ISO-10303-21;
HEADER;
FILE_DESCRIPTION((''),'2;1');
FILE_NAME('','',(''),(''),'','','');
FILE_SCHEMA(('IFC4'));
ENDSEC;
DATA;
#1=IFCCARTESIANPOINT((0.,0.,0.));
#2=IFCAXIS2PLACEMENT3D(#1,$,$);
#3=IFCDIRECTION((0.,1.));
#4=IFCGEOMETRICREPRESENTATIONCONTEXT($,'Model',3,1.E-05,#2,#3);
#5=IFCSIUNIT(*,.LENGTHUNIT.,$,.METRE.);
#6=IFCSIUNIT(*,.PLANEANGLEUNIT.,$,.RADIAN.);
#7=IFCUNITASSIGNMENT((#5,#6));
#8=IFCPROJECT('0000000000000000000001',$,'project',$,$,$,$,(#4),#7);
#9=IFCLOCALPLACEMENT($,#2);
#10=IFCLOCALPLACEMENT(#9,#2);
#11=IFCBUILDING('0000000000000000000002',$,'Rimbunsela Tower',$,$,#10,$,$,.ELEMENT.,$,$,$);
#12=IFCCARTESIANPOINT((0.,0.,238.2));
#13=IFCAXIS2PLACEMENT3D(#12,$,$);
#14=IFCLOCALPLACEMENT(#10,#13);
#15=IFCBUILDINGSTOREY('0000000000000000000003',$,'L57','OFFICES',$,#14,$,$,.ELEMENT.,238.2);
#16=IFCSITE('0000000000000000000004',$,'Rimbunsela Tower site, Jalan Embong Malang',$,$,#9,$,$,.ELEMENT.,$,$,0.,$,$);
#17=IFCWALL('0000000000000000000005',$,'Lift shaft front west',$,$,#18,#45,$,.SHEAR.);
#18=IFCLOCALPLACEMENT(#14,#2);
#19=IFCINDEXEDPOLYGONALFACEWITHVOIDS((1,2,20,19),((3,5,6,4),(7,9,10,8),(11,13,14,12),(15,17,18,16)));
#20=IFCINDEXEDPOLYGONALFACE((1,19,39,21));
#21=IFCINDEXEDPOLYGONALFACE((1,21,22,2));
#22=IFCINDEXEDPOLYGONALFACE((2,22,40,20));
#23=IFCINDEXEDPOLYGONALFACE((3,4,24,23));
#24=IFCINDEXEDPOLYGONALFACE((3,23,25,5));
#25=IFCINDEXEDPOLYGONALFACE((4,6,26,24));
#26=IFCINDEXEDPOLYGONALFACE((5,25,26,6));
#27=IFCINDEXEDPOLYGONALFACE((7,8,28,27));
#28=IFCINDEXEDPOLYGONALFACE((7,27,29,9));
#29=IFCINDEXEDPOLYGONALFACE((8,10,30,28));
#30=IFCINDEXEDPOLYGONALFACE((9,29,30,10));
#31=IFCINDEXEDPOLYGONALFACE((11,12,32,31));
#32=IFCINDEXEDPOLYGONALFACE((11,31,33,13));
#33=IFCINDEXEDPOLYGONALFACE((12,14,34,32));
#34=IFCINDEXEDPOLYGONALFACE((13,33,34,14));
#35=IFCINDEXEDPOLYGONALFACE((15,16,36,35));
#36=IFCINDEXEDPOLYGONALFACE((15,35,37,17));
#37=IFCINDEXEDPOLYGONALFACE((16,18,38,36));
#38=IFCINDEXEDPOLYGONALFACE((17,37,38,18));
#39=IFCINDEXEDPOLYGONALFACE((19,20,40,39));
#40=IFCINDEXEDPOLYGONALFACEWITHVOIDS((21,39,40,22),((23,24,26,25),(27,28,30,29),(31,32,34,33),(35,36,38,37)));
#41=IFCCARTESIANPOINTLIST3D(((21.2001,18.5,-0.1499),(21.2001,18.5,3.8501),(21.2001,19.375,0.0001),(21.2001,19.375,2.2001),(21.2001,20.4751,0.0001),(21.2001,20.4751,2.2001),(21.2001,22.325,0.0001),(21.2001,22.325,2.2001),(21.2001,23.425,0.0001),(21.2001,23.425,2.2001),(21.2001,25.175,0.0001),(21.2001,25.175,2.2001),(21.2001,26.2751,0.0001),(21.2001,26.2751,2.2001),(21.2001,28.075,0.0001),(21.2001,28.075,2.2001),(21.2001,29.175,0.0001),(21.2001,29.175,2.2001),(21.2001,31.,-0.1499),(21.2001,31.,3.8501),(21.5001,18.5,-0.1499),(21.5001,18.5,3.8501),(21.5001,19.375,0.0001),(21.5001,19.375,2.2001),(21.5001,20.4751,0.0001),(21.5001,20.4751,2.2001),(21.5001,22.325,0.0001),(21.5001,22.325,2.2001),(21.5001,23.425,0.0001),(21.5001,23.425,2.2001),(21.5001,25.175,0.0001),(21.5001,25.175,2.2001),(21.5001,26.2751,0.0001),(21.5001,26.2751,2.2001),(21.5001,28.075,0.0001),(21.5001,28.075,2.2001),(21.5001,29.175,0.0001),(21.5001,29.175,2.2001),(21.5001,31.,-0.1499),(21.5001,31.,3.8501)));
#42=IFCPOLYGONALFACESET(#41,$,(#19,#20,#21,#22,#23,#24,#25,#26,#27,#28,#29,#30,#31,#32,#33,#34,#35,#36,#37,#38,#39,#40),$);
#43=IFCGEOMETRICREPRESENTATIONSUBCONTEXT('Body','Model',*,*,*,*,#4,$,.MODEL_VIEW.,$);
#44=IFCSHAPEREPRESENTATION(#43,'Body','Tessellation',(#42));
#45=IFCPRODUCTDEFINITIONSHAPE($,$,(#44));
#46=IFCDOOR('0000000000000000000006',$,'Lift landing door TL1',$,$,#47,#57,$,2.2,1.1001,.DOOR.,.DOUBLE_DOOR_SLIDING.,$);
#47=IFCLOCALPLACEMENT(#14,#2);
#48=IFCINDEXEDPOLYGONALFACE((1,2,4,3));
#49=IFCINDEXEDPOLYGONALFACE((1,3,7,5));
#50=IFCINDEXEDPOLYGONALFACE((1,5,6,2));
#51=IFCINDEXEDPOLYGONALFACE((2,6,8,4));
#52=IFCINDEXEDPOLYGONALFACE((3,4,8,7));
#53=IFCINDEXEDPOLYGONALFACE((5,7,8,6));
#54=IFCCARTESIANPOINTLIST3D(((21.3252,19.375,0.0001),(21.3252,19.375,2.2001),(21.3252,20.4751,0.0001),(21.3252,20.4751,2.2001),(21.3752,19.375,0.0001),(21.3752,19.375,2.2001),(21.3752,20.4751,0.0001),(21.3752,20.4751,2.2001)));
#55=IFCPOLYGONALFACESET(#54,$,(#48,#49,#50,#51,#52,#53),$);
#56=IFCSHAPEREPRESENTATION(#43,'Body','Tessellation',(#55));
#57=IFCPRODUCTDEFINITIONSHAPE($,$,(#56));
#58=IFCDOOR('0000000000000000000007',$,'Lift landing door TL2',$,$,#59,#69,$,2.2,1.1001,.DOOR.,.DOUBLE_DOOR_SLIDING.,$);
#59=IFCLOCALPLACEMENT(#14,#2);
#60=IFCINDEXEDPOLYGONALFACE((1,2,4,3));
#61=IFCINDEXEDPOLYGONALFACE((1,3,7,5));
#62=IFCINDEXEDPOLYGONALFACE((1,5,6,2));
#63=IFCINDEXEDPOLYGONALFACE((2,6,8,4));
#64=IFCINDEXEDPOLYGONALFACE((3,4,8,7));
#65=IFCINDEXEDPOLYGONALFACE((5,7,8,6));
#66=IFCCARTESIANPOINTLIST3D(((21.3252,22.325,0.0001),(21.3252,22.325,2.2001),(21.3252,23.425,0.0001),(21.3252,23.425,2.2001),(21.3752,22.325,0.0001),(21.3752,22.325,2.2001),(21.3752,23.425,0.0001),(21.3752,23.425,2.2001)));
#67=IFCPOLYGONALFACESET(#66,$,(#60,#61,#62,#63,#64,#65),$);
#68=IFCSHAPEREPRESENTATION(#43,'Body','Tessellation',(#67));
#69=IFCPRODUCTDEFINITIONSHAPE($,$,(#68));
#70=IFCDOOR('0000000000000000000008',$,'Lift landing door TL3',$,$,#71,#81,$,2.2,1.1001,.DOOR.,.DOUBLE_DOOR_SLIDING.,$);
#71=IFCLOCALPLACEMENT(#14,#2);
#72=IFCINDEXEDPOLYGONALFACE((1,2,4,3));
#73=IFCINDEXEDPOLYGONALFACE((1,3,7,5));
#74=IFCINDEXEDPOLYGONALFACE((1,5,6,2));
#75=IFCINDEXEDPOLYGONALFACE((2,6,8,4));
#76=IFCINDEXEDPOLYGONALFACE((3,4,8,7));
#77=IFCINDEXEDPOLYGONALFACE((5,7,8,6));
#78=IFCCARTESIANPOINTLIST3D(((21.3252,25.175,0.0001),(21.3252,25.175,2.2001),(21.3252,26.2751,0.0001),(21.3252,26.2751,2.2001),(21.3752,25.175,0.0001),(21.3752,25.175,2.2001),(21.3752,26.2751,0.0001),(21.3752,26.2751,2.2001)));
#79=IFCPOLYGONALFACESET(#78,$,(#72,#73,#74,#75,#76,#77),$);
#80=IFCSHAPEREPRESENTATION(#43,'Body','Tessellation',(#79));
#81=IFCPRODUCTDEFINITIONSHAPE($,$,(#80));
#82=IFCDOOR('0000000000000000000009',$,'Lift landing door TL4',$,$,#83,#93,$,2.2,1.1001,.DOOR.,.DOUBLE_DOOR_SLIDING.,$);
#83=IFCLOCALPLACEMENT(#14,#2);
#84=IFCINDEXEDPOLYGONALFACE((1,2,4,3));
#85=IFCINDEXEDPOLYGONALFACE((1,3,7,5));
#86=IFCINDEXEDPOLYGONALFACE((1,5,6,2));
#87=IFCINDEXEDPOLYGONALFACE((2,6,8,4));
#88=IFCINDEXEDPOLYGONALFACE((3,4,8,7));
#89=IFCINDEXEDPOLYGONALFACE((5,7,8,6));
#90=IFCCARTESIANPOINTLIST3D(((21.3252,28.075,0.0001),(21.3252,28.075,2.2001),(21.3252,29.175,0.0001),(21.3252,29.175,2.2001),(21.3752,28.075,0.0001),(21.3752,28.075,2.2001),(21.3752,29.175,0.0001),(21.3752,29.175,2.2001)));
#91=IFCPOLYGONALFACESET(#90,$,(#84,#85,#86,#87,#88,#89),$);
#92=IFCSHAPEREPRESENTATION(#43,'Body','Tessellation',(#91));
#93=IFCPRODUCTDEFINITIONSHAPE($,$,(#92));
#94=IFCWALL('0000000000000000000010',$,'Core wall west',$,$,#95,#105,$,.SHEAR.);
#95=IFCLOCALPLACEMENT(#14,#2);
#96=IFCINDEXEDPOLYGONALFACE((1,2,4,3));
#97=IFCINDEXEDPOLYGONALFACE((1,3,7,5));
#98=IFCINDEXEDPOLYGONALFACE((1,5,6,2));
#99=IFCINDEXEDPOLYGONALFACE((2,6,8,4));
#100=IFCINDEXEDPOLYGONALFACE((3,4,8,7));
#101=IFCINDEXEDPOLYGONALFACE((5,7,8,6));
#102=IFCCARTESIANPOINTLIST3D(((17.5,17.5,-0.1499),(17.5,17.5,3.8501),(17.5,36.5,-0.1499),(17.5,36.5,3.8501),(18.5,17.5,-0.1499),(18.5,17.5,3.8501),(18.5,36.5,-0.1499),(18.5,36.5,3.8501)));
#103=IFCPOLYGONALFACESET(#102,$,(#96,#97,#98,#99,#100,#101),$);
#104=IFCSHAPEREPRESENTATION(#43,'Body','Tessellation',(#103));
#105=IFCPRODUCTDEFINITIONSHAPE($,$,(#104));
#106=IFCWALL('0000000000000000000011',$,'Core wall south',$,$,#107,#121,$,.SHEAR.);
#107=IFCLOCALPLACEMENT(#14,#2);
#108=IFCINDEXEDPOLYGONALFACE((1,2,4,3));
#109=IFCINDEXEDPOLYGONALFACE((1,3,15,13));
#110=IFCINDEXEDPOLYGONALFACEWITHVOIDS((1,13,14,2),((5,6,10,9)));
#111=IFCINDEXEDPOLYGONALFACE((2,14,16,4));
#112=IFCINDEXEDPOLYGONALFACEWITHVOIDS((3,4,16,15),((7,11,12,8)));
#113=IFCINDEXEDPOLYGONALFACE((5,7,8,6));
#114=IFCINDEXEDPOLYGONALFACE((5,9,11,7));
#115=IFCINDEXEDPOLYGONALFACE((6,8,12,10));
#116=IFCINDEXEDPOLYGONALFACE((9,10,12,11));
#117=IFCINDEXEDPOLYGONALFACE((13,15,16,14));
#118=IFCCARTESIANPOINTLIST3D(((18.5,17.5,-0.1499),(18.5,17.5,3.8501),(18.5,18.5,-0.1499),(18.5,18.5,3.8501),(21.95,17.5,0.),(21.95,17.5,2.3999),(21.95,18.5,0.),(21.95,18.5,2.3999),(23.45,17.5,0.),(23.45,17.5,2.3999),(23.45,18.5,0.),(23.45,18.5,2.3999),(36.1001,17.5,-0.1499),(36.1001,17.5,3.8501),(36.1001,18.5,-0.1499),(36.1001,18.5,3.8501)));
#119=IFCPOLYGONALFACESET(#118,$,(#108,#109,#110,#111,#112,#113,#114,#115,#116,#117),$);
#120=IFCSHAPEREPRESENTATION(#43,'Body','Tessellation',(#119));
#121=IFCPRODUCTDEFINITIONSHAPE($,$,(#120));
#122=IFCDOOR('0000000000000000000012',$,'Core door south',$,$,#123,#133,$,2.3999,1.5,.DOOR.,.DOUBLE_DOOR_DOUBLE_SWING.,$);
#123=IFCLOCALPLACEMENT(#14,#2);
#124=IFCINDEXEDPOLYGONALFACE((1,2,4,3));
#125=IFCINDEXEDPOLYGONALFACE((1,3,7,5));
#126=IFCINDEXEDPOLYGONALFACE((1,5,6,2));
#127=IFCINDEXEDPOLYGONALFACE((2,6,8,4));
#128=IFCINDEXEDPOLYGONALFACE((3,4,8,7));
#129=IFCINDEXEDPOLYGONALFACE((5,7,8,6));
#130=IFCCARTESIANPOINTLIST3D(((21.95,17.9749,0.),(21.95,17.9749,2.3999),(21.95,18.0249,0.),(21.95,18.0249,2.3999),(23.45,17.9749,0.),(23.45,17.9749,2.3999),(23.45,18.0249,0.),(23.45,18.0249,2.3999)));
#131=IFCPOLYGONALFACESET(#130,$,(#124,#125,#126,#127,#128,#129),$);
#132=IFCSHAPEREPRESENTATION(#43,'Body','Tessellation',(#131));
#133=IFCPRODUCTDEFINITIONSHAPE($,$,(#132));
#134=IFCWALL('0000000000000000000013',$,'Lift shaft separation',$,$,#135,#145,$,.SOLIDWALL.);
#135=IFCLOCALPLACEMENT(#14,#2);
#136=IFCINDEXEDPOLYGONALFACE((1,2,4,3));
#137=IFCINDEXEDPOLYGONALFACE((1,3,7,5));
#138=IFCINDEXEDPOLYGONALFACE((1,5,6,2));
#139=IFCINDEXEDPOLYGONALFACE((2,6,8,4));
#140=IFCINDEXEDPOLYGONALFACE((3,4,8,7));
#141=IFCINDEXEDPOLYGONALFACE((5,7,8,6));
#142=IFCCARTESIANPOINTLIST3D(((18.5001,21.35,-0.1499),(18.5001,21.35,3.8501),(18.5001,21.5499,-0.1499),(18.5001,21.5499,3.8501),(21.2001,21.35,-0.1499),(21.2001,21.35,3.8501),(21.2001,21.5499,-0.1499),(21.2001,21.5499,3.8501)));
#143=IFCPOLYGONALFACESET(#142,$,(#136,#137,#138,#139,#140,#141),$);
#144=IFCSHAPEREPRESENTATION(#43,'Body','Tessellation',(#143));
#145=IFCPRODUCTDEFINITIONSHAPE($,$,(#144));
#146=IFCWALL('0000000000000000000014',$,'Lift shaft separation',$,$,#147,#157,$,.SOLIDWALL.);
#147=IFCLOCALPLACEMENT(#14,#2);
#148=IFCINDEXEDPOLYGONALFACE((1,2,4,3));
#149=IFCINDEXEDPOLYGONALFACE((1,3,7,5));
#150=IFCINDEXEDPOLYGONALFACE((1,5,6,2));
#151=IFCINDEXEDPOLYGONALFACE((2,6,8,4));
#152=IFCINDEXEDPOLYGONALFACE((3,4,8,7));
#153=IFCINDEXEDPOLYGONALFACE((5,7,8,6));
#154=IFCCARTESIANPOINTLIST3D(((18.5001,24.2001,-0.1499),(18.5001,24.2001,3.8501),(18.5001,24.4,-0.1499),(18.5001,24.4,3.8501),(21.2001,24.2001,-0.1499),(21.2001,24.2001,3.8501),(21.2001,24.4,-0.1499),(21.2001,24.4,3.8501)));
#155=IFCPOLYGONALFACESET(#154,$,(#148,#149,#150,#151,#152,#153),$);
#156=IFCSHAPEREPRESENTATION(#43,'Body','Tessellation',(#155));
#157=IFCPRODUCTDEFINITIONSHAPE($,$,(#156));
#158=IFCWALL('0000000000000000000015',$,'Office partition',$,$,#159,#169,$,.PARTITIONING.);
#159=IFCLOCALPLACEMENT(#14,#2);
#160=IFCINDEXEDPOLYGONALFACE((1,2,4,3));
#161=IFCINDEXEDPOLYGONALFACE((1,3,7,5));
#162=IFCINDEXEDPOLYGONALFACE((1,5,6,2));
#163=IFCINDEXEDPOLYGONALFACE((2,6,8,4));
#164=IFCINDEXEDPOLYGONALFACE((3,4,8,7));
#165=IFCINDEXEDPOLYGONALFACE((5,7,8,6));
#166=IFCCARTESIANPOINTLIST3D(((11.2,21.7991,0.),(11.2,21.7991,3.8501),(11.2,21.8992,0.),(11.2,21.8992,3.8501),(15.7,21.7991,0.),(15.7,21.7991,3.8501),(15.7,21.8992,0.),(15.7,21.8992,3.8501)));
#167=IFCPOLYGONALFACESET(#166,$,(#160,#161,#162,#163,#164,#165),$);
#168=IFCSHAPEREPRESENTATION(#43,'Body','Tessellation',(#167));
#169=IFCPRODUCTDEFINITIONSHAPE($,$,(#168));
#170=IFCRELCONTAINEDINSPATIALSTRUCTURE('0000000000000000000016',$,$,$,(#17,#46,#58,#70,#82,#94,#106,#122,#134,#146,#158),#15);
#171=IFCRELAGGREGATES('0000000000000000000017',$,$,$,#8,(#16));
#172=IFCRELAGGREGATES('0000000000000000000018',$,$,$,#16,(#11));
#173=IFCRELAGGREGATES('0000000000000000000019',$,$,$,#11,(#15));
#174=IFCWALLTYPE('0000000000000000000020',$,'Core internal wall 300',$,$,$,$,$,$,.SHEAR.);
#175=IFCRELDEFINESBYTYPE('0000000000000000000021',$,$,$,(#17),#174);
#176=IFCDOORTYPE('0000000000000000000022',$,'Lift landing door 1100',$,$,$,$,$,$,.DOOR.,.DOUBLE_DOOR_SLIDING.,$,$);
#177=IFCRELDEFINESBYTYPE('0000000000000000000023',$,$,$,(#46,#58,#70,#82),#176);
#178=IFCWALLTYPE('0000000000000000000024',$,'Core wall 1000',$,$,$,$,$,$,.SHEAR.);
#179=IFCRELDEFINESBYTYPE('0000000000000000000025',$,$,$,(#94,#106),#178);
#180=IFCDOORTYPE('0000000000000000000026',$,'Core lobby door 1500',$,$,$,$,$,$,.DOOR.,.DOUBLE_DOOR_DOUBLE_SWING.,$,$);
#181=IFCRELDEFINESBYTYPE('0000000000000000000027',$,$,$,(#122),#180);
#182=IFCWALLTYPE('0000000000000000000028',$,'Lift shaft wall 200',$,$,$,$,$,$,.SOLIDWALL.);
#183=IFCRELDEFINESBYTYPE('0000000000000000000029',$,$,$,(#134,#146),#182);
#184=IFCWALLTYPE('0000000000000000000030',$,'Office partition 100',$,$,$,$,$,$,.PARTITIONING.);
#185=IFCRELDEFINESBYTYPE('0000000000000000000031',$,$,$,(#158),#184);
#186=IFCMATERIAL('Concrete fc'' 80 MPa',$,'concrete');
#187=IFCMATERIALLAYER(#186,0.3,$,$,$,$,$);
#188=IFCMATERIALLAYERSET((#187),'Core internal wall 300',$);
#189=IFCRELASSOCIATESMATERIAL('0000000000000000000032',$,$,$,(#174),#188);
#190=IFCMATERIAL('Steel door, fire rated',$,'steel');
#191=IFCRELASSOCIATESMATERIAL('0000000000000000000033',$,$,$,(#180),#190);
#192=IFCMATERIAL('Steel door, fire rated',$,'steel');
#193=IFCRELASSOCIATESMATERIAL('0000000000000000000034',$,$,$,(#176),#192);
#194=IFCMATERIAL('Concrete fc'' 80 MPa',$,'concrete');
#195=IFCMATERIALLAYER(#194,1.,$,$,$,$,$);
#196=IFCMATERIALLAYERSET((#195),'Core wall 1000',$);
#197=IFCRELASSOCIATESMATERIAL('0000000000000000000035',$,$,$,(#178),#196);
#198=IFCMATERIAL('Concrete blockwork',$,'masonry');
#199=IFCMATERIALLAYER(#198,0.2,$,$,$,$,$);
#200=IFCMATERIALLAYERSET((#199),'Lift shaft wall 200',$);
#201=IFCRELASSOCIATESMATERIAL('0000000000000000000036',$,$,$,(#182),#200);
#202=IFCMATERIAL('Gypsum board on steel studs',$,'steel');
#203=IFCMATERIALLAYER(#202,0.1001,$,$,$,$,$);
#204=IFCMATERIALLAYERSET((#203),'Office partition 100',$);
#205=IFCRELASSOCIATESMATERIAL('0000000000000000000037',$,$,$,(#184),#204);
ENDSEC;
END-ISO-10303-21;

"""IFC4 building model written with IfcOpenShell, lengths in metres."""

from ifc_helpers import new_model, si_unit, direction, frame, frame_2d, origin, place, context, subcontext, project, spatial, rectangle, extrude, material, layer, layer_set, type_object, element, fill, save


model = new_model("IFC4")

# Units and contexts
model_context = context("Model", 3, precision=1e-05, world=origin(), true_north=direction((0.0, 1.0)))
body_context = subcontext(model_context, "Body", "Model", "MODEL_VIEW")
ifc_project = project(units=[si_unit("LENGTHUNIT", "METRE"), si_unit("PLANEANGLEUNIT", "RADIAN")], contexts=[model_context])

# Site, building, storey
site_placement = place(None, origin())
site = spatial("IfcSite", under=ifc_project, at=site_placement, Name="Rimbunsela Tower site, Jalan Embong Malang", CompositionType="ELEMENT", RefElevation=0.0)
building_placement = place(site_placement, origin())
building = spatial("IfcBuilding", under=site, at=building_placement, Name="Rimbunsela Tower", CompositionType="ELEMENT")
storey_placement = place(building_placement, frame((0.0, 0.0, 238.2)))
storey = spatial("IfcBuildingStorey", under=building, at=storey_placement, Name="L57", Description="OFFICES", CompositionType="ELEMENT", Elevation=238.2)

# Shared definitions
ifc_material_1 = material(Name="Concrete fc' 80 MPa", Category="concrete")
ifc_layer_1 = layer(ifc_material_1, 0.3)
ifc_layer_set_1 = layer_set([ifc_layer_1], Name="Core internal wall 300")
wall_type_1 = type_object("IfcWallType", Name="Core internal wall 300", PredefinedType="SHEAR", material=ifc_layer_set_1)
ifc_material_2 = material(Name="Steel door, fire rated", Category="steel")
door_type_1 = type_object("IfcDoorType", Name="Core lobby door 1500", OperationType="DOUBLE_DOOR_DOUBLE_SWING", PredefinedType="DOOR", material=ifc_material_2)

# Wall, openings, doors
wall_1_placement = place(storey_placement, frame((21.3501, 18.5, -0.1499), z_axis=(0.0, 0.0, 1.0), x_axis=(0.0, 1.0, 0.0)))
wall_1 = element("IfcWall", 1, at=wall_1_placement, inside=storey, type_object=wall_type_1, Name="Lift shaft front west", PredefinedType="SHEAR", context=body_context, shape_type="SweptSolid", body=[
    extrude(rectangle(XDim=12.5, YDim=0.3, at=frame_2d((6.25, 0.0))), origin(), (0.0, 0.0, 1.0), 4.0),
])
opening_1_placement = place(wall_1_placement, frame((0.875, 0.0, 0.1499)))
opening_1 = element("IfcOpeningElement", 2, at=opening_1_placement, cuts=wall_1, PredefinedType="OPENING", context=body_context, shape_type="SweptSolid", body=[
    extrude(rectangle(XDim=1.1001, YDim=2.2, at=frame_2d((0.55, 1.1001))), frame((0.0, 0.1599, 0.0), z_axis=(0.0, -1.0, 0.0), x_axis=(1.0, 0.0, 0.0)), (0.0, 0.0, 1.0), 0.3201),
])
opening_2_placement = place(wall_1_placement, frame((3.825, 0.0, 0.1499)))
opening_2 = element("IfcOpeningElement", 3, at=opening_2_placement, cuts=wall_1, PredefinedType="OPENING", context=body_context, shape_type="SweptSolid", body=[
    extrude(rectangle(XDim=1.1001, YDim=2.2, at=frame_2d((0.55, 1.1001))), frame((0.0, 0.1599, 0.0), z_axis=(0.0, -1.0, 0.0), x_axis=(1.0, 0.0, 0.0)), (0.0, 0.0, 1.0), 0.3201),
])
opening_3_placement = place(wall_1_placement, frame((6.675, 0.0, 0.1499)))
opening_3 = element("IfcOpeningElement", 4, at=opening_3_placement, cuts=wall_1, PredefinedType="OPENING", context=body_context, shape_type="SweptSolid", body=[
    extrude(rectangle(XDim=1.1001, YDim=2.2, at=frame_2d((0.55, 1.1001))), frame((0.0, 0.1599, 0.0), z_axis=(0.0, -1.0, 0.0), x_axis=(1.0, 0.0, 0.0)), (0.0, 0.0, 1.0), 0.3201),
])
opening_4_placement = place(wall_1_placement, frame((9.575, 0.0, 0.1499)))
opening_4 = element("IfcOpeningElement", 5, at=opening_4_placement, cuts=wall_1, PredefinedType="OPENING", context=body_context, shape_type="SweptSolid", body=[
    extrude(rectangle(XDim=1.1001, YDim=2.2, at=frame_2d((0.55, 1.1001))), frame((0.0, 0.1599, 0.0), z_axis=(0.0, -1.0, 0.0), x_axis=(1.0, 0.0, 0.0)), (0.0, 0.0, 1.0), 0.3201),
])
ifc_material_3 = material(Name="Steel door, fire rated", Category="steel")
door_type_2 = type_object("IfcDoorType", Name="Lift landing door 1100", OperationType="DOUBLE_DOOR_SLIDING", PredefinedType="DOOR", material=ifc_material_3)
door_1_placement = place(opening_1_placement, origin())
door_1 = element("IfcDoor", 6, at=door_1_placement, inside=storey, type_object=door_type_2, Name="Lift landing door TL1", OperationType="DOUBLE_DOOR_SLIDING", OverallHeight=2.2, OverallWidth=1.1001, PredefinedType="DOOR", context=body_context, shape_type="SweptSolid", body=[
    extrude(rectangle(XDim=1.1001, YDim=2.2, at=frame_2d((0.55, 1.1001))), frame((0.0, 0.0249, 0.0), z_axis=(0.0, -1.0, 0.0), x_axis=(1.0, 0.0, 0.0)), (0.0, 0.0, 1.0), 0.05),
])
fill(opening_1, door_1)
door_2_placement = place(opening_2_placement, origin())
door_2 = element("IfcDoor", 7, at=door_2_placement, inside=storey, type_object=door_type_2, Name="Lift landing door TL2", OperationType="DOUBLE_DOOR_SLIDING", OverallHeight=2.2, OverallWidth=1.1001, PredefinedType="DOOR", context=body_context, shape_type="SweptSolid", body=[
    extrude(rectangle(XDim=1.1001, YDim=2.2, at=frame_2d((0.55, 1.1001))), frame((0.0, 0.0249, 0.0), z_axis=(0.0, -1.0, 0.0), x_axis=(1.0, 0.0, 0.0)), (0.0, 0.0, 1.0), 0.05),
])
fill(opening_2, door_2)
door_3_placement = place(opening_3_placement, origin())
door_3 = element("IfcDoor", 8, at=door_3_placement, inside=storey, type_object=door_type_2, Name="Lift landing door TL3", OperationType="DOUBLE_DOOR_SLIDING", OverallHeight=2.2, OverallWidth=1.1001, PredefinedType="DOOR", context=body_context, shape_type="SweptSolid", body=[
    extrude(rectangle(XDim=1.1001, YDim=2.2, at=frame_2d((0.55, 1.1001))), frame((0.0, 0.0249, 0.0), z_axis=(0.0, -1.0, 0.0), x_axis=(1.0, 0.0, 0.0)), (0.0, 0.0, 1.0), 0.05),
])
fill(opening_3, door_3)
door_4_placement = place(opening_4_placement, origin())
door_4 = element("IfcDoor", 9, at=door_4_placement, inside=storey, type_object=door_type_2, Name="Lift landing door TL4", OperationType="DOUBLE_DOOR_SLIDING", OverallHeight=2.2, OverallWidth=1.1001, PredefinedType="DOOR", context=body_context, shape_type="SweptSolid", body=[
    extrude(rectangle(XDim=1.1001, YDim=2.2, at=frame_2d((0.55, 1.1001))), frame((0.0, 0.0249, 0.0), z_axis=(0.0, -1.0, 0.0), x_axis=(1.0, 0.0, 0.0)), (0.0, 0.0, 1.0), 0.05),
])
fill(opening_4, door_4)

# Wall
ifc_material_4 = material(Name="Concrete fc' 80 MPa", Category="concrete")
ifc_layer_2 = layer(ifc_material_4, 1.0)
ifc_layer_set_2 = layer_set([ifc_layer_2], Name="Core wall 1000")
wall_type_2 = type_object("IfcWallType", Name="Core wall 1000", PredefinedType="SHEAR", material=ifc_layer_set_2)
wall_2_placement = place(storey_placement, frame((18.0, 17.5, -0.1499), z_axis=(0.0, 0.0, 1.0), x_axis=(0.0, 1.0, 0.0)))
element("IfcWall", 10, at=wall_2_placement, inside=storey, type_object=wall_type_2, Name="Core wall west", PredefinedType="SHEAR", context=body_context, shape_type="SweptSolid", body=[
    extrude(rectangle(XDim=19.0, YDim=1.0, at=frame_2d((9.5, 0.0))), origin(), (0.0, 0.0, 1.0), 4.0),
])

# Wall, opening, door
wall_3_placement = place(storey_placement, frame((18.5, 18.0, -0.1499), z_axis=(0.0, 0.0, 1.0), x_axis=(1.0, 0.0, 0.0)))
wall_3 = element("IfcWall", 11, at=wall_3_placement, inside=storey, type_object=wall_type_2, Name="Core wall south", PredefinedType="SHEAR", context=body_context, shape_type="SweptSolid", body=[
    extrude(rectangle(XDim=17.6001, YDim=1.0, at=frame_2d((8.8, 0.0))), origin(), (0.0, 0.0, 1.0), 4.0),
])
opening_5_placement = place(wall_3_placement, frame((3.45, 0.0, 0.1499)))
opening_5 = element("IfcOpeningElement", 12, at=opening_5_placement, cuts=wall_3, PredefinedType="OPENING", context=body_context, shape_type="SweptSolid", body=[
    extrude(rectangle(XDim=1.5, YDim=2.3999, at=frame_2d((0.75, 1.2))), frame((0.0, 0.51, 0.0), z_axis=(0.0, -1.0, 0.0), x_axis=(1.0, 0.0, 0.0)), (0.0, 0.0, 1.0), 1.02),
])
door_5_placement = place(opening_5_placement, origin())
door_5 = element("IfcDoor", 13, at=door_5_placement, inside=storey, type_object=door_type_1, Name="Core door south", OperationType="DOUBLE_DOOR_DOUBLE_SWING", OverallHeight=2.3999, OverallWidth=1.5, PredefinedType="DOOR", context=body_context, shape_type="SweptSolid", body=[
    extrude(rectangle(XDim=1.5, YDim=2.3999, at=frame_2d((0.75, 1.2))), frame((0.0, 0.0249, 0.0), z_axis=(0.0, -1.0, 0.0), x_axis=(1.0, 0.0, 0.0)), (0.0, 0.0, 1.0), 0.05),
])
fill(opening_5, door_5)

# Walls
ifc_material_5 = material(Name="Concrete blockwork", Category="masonry")
ifc_layer_3 = layer(ifc_material_5, 0.2)
ifc_layer_set_3 = layer_set([ifc_layer_3], Name="Lift shaft wall 200")
wall_type_3 = type_object("IfcWallType", Name="Lift shaft wall 200", PredefinedType="SOLIDWALL", material=ifc_layer_set_3)
for number, where, z_axis, x_axis, name in (
    (14, (18.5, 21.45, -0.1499), (0.0, 0.0, 1.0), (1.0, 0.0, 0.0), "Lift shaft separation"),
    (15, (18.5, 24.3, -0.1499), (0.0, 0.0, 1.0), (1.0, 0.0, 0.0), "Lift shaft separation"),
):
    element("IfcWall", number, at=place(storey_placement, frame(where, z_axis=z_axis, x_axis=x_axis)), inside=storey, type_object=wall_type_3, Name=name, PredefinedType="SOLIDWALL", context=body_context, shape_type="SweptSolid", body=[
        extrude(rectangle(XDim=2.7, YDim=0.2, at=frame_2d((1.3501, 0.0))), origin(), (0.0, 0.0, 1.0), 4.0),
    ])
ifc_material_6 = material(Name="Gypsum board on steel studs", Category="steel")
ifc_layer_4 = layer(ifc_material_6, 0.1001)
ifc_layer_set_4 = layer_set([ifc_layer_4], Name="Office partition 100")
wall_type_4 = type_object("IfcWallType", Name="Office partition 100", PredefinedType="PARTITIONING", material=ifc_layer_set_4)
wall_4_placement = place(storey_placement, frame((15.7, 21.8491, 0.0), z_axis=(0.0, 0.0, 1.0), x_axis=(-1.0, 0.0, 0.0)))
element("IfcWall", 16, at=wall_4_placement, inside=storey, type_object=wall_type_4, Name="Office partition", PredefinedType="PARTITIONING", context=body_context, shape_type="SweptSolid", body=[
    extrude(rectangle(XDim=4.5, YDim=0.1001, at=frame_2d((2.25, 0.0))), origin(), (0.0, 0.0, 1.0), 3.8501),
])

save(model, "model.ifc")
